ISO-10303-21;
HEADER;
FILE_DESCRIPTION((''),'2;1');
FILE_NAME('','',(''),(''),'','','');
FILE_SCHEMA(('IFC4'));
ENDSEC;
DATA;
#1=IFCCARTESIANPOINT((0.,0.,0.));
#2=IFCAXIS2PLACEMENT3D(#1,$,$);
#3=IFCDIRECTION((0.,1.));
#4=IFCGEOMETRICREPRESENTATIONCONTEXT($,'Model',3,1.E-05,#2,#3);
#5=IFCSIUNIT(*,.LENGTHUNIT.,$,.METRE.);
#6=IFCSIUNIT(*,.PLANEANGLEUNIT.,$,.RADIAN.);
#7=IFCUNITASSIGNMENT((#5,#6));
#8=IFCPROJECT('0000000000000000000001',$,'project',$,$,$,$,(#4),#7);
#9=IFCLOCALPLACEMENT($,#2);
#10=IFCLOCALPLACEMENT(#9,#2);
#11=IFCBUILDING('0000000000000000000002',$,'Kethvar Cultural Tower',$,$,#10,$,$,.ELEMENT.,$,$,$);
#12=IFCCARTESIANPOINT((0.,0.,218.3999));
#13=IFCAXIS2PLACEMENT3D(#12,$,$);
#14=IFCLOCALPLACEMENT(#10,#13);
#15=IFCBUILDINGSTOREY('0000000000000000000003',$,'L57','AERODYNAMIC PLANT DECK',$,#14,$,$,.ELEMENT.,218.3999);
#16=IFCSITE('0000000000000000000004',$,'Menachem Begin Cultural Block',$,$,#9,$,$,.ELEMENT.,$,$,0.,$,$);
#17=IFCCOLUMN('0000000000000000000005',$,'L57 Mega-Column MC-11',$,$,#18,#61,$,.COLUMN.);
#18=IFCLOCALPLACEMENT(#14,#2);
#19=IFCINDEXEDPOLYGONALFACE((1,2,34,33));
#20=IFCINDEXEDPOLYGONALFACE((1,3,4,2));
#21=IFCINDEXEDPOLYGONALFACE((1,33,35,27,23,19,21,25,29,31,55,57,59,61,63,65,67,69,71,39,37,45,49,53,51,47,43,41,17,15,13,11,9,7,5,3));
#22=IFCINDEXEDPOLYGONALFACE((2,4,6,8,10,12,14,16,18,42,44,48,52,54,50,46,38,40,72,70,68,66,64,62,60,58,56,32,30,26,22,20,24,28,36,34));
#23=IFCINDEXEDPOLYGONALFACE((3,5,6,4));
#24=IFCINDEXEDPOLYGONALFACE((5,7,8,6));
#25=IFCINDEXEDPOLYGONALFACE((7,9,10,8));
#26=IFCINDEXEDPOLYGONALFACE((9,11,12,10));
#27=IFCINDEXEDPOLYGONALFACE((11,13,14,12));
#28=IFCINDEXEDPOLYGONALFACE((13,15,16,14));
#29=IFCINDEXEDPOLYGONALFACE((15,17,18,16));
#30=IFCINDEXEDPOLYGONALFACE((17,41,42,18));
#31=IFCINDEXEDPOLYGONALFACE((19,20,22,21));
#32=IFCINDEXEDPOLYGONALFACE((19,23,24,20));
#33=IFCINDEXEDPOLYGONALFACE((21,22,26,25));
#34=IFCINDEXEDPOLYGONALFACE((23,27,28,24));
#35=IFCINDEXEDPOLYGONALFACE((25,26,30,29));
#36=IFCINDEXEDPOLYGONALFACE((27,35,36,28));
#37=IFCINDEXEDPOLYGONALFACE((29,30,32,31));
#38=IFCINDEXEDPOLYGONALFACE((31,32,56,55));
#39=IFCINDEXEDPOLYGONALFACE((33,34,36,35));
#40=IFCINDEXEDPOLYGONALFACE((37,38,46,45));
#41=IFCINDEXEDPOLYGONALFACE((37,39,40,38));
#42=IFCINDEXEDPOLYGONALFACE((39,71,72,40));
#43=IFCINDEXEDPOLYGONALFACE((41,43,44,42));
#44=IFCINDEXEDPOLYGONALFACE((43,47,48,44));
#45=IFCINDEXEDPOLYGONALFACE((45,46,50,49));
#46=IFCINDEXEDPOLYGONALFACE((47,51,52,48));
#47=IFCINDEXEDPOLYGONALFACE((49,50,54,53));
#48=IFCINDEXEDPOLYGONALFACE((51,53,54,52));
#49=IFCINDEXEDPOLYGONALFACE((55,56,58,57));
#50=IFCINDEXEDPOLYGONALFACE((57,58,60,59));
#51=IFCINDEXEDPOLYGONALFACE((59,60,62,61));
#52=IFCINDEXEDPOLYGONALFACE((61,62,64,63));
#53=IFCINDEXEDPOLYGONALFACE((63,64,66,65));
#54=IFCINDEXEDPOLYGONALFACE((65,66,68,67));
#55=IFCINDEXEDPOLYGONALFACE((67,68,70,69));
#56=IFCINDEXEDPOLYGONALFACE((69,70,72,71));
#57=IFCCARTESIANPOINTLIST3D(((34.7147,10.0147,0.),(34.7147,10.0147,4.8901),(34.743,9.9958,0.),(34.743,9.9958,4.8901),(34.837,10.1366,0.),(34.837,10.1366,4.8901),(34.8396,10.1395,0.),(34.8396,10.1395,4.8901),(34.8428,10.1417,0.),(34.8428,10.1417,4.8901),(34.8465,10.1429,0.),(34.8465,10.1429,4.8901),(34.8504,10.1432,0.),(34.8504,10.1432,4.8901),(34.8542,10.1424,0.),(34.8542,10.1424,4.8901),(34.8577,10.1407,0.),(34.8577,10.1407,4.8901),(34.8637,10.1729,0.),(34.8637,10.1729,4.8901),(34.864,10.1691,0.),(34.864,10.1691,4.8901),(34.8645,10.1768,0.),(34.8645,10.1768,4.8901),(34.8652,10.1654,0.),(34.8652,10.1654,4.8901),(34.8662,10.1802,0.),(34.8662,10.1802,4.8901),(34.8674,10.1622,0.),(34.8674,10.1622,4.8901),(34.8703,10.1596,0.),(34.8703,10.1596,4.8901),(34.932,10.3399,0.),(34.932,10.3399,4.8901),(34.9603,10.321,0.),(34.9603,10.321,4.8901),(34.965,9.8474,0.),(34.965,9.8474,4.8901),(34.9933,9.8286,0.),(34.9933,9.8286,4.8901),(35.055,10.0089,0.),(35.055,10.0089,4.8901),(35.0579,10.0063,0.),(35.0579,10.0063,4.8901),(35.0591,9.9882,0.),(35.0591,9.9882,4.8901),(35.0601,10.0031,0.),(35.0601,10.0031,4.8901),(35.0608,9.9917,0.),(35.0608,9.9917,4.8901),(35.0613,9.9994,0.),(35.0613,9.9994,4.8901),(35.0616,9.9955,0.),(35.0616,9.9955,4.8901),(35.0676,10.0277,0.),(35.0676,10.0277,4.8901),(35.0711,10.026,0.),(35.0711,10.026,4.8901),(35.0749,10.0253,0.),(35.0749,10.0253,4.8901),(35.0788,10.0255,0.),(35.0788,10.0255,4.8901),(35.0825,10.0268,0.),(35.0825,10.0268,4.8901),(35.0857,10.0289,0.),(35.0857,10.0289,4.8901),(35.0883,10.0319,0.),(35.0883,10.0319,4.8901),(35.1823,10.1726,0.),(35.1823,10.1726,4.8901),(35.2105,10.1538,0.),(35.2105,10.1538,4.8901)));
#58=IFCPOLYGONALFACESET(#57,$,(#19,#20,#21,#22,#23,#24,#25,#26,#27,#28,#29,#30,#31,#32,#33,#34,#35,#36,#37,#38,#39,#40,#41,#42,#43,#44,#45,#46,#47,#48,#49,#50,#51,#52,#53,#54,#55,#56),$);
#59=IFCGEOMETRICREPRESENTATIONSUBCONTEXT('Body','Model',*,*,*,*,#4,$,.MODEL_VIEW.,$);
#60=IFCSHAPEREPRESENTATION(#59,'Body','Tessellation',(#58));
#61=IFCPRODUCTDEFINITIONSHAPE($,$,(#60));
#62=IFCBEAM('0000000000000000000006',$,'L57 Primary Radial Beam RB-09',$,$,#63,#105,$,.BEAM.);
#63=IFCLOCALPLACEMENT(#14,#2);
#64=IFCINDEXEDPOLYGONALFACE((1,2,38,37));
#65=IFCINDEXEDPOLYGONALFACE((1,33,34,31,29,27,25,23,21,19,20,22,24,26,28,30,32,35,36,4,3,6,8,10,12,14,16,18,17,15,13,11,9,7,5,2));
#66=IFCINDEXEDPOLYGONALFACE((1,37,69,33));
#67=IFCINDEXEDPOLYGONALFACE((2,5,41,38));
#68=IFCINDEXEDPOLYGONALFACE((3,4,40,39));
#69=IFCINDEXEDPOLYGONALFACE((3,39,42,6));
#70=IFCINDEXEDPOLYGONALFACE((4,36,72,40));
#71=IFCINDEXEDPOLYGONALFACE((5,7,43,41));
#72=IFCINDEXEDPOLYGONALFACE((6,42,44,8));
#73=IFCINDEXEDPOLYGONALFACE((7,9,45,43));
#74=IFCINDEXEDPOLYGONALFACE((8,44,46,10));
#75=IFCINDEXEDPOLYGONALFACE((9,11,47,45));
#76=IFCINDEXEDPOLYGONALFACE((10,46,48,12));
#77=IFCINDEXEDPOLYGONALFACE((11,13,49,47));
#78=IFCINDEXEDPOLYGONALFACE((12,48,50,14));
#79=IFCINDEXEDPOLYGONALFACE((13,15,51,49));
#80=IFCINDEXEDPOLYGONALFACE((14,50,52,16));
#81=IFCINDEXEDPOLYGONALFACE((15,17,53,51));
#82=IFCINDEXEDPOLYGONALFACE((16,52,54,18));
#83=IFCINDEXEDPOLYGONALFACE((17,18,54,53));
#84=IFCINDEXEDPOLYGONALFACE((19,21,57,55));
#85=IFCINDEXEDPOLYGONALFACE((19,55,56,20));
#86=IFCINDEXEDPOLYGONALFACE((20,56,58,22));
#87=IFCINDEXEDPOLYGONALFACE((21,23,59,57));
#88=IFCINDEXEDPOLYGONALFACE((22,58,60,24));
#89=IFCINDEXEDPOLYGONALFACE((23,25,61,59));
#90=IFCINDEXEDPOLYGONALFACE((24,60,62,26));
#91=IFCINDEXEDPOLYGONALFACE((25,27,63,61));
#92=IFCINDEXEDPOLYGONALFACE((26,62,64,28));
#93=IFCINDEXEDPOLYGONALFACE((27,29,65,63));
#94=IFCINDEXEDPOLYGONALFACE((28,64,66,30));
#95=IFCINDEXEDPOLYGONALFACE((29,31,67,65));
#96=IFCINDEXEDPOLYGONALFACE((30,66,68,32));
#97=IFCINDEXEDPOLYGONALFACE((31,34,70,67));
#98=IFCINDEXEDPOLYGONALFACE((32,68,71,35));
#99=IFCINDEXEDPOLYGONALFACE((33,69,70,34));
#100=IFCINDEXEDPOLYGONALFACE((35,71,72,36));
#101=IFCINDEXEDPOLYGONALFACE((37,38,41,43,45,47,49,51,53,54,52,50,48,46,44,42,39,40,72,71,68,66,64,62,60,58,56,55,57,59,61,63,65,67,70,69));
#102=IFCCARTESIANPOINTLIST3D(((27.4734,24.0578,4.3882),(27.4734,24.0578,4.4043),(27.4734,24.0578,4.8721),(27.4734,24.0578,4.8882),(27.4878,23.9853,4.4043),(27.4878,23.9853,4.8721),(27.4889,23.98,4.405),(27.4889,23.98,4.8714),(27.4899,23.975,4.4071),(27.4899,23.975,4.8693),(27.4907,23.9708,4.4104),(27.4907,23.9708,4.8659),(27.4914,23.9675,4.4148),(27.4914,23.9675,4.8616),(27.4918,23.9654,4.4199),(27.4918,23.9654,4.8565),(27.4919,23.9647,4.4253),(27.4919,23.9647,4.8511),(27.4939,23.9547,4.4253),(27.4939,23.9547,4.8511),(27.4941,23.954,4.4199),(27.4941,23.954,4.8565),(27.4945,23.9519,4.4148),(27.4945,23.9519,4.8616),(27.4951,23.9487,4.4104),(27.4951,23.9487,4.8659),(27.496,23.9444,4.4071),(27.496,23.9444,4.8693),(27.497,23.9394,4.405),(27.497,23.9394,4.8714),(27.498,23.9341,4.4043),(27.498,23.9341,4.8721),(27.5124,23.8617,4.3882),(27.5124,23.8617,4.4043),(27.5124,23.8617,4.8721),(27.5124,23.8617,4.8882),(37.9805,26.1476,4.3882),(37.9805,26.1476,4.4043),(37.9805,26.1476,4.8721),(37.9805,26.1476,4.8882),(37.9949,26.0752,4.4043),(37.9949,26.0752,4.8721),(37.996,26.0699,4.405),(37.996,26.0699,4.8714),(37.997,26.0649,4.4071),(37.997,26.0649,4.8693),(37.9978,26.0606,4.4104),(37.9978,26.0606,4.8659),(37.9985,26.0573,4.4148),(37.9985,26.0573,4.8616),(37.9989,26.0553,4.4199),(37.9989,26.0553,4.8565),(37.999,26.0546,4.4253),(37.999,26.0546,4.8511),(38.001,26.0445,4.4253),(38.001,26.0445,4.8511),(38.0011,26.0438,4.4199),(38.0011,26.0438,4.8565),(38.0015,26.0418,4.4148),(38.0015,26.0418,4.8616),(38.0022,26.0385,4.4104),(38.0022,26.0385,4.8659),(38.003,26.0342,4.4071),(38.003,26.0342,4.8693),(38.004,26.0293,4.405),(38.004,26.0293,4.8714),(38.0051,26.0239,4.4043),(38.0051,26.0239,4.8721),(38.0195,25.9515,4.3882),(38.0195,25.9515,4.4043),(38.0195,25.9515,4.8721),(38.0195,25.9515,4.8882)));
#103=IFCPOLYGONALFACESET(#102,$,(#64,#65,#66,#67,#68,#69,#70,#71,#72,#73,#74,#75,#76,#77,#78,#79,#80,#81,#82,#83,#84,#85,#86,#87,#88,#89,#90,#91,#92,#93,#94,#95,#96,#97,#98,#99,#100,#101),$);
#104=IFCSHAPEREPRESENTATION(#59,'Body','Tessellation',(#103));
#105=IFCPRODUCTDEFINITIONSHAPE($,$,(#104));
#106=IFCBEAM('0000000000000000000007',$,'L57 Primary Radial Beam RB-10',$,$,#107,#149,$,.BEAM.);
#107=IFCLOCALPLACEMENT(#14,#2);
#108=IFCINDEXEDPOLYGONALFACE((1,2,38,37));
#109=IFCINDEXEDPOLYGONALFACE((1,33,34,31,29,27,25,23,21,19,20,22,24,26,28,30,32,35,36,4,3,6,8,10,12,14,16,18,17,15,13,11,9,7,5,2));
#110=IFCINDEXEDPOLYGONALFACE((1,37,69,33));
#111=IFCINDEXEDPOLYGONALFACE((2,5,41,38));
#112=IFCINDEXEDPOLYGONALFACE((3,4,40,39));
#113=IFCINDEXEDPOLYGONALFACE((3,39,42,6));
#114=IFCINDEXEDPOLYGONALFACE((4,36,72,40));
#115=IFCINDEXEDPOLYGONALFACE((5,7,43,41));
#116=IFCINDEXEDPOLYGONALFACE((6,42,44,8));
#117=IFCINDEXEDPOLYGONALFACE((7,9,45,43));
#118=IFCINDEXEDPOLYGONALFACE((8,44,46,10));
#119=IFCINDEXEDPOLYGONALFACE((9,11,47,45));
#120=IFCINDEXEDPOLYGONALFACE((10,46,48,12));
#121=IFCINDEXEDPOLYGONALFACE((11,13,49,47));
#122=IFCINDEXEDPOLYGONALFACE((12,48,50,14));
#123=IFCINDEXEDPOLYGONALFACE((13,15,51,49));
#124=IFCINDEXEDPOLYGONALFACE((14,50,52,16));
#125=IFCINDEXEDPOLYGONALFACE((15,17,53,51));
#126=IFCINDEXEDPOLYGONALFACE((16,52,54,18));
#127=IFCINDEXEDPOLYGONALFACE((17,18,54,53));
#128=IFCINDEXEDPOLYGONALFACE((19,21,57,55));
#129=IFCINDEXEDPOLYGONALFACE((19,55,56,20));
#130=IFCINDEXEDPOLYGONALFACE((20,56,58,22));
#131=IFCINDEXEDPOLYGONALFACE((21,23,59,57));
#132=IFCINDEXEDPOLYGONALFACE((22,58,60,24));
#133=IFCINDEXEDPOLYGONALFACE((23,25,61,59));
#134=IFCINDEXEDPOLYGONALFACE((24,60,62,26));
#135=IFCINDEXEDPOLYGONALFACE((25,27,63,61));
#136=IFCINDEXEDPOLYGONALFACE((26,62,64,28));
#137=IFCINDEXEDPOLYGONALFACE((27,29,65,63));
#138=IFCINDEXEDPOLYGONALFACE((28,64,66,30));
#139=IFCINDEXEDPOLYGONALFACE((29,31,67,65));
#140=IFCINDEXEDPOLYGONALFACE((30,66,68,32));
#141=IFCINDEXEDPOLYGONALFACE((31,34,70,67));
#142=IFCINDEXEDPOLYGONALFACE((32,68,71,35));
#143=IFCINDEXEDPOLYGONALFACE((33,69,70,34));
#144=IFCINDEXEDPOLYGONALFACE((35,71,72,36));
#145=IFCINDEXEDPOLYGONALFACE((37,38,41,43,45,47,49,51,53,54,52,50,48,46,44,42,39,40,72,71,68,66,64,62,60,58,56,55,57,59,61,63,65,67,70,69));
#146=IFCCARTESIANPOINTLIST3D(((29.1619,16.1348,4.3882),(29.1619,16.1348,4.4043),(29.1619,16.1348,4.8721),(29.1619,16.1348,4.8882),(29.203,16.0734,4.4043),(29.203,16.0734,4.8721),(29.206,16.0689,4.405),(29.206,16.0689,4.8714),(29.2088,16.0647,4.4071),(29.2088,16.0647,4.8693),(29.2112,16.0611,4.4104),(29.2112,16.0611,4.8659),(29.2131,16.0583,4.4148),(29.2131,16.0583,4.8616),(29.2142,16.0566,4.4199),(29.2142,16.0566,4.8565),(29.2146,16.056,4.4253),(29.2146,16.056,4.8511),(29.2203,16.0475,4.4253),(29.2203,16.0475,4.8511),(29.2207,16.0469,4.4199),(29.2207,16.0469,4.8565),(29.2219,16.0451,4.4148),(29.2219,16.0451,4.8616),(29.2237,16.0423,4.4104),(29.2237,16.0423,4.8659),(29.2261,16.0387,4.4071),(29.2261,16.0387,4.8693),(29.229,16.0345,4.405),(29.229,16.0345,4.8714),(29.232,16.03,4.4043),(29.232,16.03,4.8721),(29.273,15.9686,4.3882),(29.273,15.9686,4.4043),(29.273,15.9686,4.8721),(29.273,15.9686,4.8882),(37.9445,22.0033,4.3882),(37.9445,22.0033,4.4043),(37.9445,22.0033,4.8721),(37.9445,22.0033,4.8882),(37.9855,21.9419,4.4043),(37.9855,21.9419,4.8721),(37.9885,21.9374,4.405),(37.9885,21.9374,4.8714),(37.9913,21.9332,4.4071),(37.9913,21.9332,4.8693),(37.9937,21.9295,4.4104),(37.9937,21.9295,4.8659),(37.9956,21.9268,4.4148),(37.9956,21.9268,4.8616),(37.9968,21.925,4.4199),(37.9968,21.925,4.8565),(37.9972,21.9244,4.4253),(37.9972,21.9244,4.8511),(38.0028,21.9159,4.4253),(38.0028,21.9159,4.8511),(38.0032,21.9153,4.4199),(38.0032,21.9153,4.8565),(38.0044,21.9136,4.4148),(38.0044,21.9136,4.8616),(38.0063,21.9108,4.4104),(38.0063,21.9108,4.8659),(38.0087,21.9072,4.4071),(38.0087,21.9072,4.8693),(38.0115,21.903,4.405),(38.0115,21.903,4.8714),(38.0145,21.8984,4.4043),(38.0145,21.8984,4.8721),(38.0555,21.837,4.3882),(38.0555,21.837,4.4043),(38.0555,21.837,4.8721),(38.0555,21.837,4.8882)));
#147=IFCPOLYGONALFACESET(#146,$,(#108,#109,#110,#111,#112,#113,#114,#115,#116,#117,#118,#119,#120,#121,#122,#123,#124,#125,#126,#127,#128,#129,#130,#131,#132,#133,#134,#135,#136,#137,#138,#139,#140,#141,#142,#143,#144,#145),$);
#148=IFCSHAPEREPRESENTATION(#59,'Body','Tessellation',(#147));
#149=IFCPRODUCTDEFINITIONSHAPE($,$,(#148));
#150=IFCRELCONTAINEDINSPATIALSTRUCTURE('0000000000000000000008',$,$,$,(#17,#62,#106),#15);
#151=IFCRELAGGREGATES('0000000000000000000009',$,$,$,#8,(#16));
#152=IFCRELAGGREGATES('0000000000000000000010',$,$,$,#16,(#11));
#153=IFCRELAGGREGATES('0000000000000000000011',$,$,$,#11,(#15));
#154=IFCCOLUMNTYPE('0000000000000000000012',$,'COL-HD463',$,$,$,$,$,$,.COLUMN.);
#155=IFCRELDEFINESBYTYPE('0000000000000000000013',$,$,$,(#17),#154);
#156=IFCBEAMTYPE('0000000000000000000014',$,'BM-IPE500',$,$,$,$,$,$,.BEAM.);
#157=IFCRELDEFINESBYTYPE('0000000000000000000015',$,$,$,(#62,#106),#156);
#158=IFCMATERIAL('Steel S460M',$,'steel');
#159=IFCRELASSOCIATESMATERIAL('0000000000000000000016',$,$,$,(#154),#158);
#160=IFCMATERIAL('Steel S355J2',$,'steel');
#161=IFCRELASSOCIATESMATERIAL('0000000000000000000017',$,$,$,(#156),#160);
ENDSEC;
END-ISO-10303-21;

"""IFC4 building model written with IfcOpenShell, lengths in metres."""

from ifc_helpers import new_model, si_unit, direction, frame, origin, origin_2d, place, context, subcontext, project, spatial, i_section, extrude, source, transform, mapped, material, material_profile, profile_set, type_object, element, save


model = new_model("IFC4")

# Units and contexts
model_context = context("Model", 3, precision=1e-05, world=origin(), true_north=direction((0.0, 1.0)))
body_context = subcontext(model_context, "Body", "Model", "MODEL_VIEW")
ifc_project = project(units=[si_unit("LENGTHUNIT", "METRE"), si_unit("PLANEANGLEUNIT", "RADIAN")], contexts=[model_context])

# Site, building, storey
site_placement = place(None, origin())
site = spatial("IfcSite", under=ifc_project, at=site_placement, Name="Menachem Begin Cultural Block", CompositionType="ELEMENT", RefElevation=0.0)
building_placement = place(site_placement, origin())
building = spatial("IfcBuilding", under=site, at=building_placement, Name="Kethvar Cultural Tower", CompositionType="ELEMENT")
storey_placement = place(building_placement, frame((0.0, 0.0, 218.3999)))
storey = spatial("IfcBuildingStorey", under=building, at=storey_placement, Name="L57", Description="AERODYNAMIC PLANT DECK", CompositionType="ELEMENT", Elevation=218.3999)

# Column
ifc_material_1 = material(Name="Steel S460M", Category="steel")
ifc_material_profile_1 = material_profile(ifc_material_1, i_section(OverallWidth=0.3911, OverallDepth=0.335, WebThickness=0.0227, FlangeThickness=0.0339, FilletRadius=0.0149, at=origin_2d()), Name="Steel S460M — HD400x463")
ifc_profile_set_1 = profile_set([ifc_material_profile_1], Name="Steel S460M — HD400x463")
column_type = type_object("IfcColumnType", Name="COL-HD463", PredefinedType="COLUMN", material=ifc_profile_set_1)
shared_shape_1 = source(origin(), body_context, "Body", "SweptSolid", [
    extrude(i_section(OverallWidth=0.3911, OverallDepth=0.335, WebThickness=0.0227, FlangeThickness=0.0339, FilletRadius=0.0149, at=origin_2d()), origin(), (0.0, 0.0, 1.0), 4.8901),
])
column_placement = place(storey_placement, frame((34.9626, 10.0842, 0.0), z_axis=(0.0, 0.0, 1.0), x_axis=(-0.55557, -0.83147, 0.0)))
element("IfcColumn", 1, at=column_placement, inside=storey, type_object=column_type, Name="L57 Mega-Column MC-11", PredefinedType="COLUMN", context=body_context, shape_type="MappedRepresentation", body=[
    mapped(shared_shape_1, transform((0.0, 0.0, 0.0), scale=1.0)),
])

# Beams
ifc_material_2 = material(Name="Steel S355J2", Category="steel")
ifc_material_profile_2 = material_profile(ifc_material_2, i_section(OverallWidth=0.2, OverallDepth=0.5, WebThickness=0.0103, FlangeThickness=0.0161, FilletRadius=0.021, at=origin_2d()), Name="Steel S355J2 — IPE500")
ifc_profile_set_2 = profile_set([ifc_material_profile_2], Name="Steel S355J2 — IPE500")
beam_type_1 = type_object("IfcBeamType", Name="BM-IPE500", PredefinedType="BEAM", material=ifc_profile_set_2)
shared_shape_2 = source(origin(), body_context, "Body", "SweptSolid", [
    extrude(i_section(OverallWidth=0.2, OverallDepth=0.5, WebThickness=0.0103, FlangeThickness=0.0161, FilletRadius=0.021, at=origin_2d()), origin(), (0.0, 0.0, 1.0), 10.7129),
])
beam_1_placement = place(storey_placement, frame((38.0, 26.0496, 4.6382), z_axis=(-0.980788, -0.195077, 0.0), x_axis=(0.195077, -0.980788, 0.0)))
element("IfcBeam", 2, at=beam_1_placement, inside=storey, type_object=beam_type_1, Name="L57 Primary Radial Beam RB-09", PredefinedType="BEAM", context=body_context, shape_type="MappedRepresentation", body=[
    mapped(shared_shape_2, transform((0.0, 0.0, 0.0), scale=1.0)),
])
shared_shape_3 = source(origin(), body_context, "Body", "SweptSolid", [
    extrude(i_section(OverallWidth=0.2, OverallDepth=0.5, WebThickness=0.0103, FlangeThickness=0.0161, FilletRadius=0.021, at=origin_2d()), origin(), (0.0, 0.0, 1.0), 10.5627),
])
beam_2_placement = place(storey_placement, frame((38.0, 21.9202, 4.6382), z_axis=(-0.831463, -0.55558, 0.0), x_axis=(0.55558, -0.831463, 0.0)))
element("IfcBeam", 3, at=beam_2_placement, inside=storey, type_object=beam_type_1, Name="L57 Primary Radial Beam RB-10", PredefinedType="BEAM", context=body_context, shape_type="MappedRepresentation", body=[
    mapped(shared_shape_3, transform((0.0, 0.0, 0.0), scale=1.0)),
])

save(model, "model.ifc")
